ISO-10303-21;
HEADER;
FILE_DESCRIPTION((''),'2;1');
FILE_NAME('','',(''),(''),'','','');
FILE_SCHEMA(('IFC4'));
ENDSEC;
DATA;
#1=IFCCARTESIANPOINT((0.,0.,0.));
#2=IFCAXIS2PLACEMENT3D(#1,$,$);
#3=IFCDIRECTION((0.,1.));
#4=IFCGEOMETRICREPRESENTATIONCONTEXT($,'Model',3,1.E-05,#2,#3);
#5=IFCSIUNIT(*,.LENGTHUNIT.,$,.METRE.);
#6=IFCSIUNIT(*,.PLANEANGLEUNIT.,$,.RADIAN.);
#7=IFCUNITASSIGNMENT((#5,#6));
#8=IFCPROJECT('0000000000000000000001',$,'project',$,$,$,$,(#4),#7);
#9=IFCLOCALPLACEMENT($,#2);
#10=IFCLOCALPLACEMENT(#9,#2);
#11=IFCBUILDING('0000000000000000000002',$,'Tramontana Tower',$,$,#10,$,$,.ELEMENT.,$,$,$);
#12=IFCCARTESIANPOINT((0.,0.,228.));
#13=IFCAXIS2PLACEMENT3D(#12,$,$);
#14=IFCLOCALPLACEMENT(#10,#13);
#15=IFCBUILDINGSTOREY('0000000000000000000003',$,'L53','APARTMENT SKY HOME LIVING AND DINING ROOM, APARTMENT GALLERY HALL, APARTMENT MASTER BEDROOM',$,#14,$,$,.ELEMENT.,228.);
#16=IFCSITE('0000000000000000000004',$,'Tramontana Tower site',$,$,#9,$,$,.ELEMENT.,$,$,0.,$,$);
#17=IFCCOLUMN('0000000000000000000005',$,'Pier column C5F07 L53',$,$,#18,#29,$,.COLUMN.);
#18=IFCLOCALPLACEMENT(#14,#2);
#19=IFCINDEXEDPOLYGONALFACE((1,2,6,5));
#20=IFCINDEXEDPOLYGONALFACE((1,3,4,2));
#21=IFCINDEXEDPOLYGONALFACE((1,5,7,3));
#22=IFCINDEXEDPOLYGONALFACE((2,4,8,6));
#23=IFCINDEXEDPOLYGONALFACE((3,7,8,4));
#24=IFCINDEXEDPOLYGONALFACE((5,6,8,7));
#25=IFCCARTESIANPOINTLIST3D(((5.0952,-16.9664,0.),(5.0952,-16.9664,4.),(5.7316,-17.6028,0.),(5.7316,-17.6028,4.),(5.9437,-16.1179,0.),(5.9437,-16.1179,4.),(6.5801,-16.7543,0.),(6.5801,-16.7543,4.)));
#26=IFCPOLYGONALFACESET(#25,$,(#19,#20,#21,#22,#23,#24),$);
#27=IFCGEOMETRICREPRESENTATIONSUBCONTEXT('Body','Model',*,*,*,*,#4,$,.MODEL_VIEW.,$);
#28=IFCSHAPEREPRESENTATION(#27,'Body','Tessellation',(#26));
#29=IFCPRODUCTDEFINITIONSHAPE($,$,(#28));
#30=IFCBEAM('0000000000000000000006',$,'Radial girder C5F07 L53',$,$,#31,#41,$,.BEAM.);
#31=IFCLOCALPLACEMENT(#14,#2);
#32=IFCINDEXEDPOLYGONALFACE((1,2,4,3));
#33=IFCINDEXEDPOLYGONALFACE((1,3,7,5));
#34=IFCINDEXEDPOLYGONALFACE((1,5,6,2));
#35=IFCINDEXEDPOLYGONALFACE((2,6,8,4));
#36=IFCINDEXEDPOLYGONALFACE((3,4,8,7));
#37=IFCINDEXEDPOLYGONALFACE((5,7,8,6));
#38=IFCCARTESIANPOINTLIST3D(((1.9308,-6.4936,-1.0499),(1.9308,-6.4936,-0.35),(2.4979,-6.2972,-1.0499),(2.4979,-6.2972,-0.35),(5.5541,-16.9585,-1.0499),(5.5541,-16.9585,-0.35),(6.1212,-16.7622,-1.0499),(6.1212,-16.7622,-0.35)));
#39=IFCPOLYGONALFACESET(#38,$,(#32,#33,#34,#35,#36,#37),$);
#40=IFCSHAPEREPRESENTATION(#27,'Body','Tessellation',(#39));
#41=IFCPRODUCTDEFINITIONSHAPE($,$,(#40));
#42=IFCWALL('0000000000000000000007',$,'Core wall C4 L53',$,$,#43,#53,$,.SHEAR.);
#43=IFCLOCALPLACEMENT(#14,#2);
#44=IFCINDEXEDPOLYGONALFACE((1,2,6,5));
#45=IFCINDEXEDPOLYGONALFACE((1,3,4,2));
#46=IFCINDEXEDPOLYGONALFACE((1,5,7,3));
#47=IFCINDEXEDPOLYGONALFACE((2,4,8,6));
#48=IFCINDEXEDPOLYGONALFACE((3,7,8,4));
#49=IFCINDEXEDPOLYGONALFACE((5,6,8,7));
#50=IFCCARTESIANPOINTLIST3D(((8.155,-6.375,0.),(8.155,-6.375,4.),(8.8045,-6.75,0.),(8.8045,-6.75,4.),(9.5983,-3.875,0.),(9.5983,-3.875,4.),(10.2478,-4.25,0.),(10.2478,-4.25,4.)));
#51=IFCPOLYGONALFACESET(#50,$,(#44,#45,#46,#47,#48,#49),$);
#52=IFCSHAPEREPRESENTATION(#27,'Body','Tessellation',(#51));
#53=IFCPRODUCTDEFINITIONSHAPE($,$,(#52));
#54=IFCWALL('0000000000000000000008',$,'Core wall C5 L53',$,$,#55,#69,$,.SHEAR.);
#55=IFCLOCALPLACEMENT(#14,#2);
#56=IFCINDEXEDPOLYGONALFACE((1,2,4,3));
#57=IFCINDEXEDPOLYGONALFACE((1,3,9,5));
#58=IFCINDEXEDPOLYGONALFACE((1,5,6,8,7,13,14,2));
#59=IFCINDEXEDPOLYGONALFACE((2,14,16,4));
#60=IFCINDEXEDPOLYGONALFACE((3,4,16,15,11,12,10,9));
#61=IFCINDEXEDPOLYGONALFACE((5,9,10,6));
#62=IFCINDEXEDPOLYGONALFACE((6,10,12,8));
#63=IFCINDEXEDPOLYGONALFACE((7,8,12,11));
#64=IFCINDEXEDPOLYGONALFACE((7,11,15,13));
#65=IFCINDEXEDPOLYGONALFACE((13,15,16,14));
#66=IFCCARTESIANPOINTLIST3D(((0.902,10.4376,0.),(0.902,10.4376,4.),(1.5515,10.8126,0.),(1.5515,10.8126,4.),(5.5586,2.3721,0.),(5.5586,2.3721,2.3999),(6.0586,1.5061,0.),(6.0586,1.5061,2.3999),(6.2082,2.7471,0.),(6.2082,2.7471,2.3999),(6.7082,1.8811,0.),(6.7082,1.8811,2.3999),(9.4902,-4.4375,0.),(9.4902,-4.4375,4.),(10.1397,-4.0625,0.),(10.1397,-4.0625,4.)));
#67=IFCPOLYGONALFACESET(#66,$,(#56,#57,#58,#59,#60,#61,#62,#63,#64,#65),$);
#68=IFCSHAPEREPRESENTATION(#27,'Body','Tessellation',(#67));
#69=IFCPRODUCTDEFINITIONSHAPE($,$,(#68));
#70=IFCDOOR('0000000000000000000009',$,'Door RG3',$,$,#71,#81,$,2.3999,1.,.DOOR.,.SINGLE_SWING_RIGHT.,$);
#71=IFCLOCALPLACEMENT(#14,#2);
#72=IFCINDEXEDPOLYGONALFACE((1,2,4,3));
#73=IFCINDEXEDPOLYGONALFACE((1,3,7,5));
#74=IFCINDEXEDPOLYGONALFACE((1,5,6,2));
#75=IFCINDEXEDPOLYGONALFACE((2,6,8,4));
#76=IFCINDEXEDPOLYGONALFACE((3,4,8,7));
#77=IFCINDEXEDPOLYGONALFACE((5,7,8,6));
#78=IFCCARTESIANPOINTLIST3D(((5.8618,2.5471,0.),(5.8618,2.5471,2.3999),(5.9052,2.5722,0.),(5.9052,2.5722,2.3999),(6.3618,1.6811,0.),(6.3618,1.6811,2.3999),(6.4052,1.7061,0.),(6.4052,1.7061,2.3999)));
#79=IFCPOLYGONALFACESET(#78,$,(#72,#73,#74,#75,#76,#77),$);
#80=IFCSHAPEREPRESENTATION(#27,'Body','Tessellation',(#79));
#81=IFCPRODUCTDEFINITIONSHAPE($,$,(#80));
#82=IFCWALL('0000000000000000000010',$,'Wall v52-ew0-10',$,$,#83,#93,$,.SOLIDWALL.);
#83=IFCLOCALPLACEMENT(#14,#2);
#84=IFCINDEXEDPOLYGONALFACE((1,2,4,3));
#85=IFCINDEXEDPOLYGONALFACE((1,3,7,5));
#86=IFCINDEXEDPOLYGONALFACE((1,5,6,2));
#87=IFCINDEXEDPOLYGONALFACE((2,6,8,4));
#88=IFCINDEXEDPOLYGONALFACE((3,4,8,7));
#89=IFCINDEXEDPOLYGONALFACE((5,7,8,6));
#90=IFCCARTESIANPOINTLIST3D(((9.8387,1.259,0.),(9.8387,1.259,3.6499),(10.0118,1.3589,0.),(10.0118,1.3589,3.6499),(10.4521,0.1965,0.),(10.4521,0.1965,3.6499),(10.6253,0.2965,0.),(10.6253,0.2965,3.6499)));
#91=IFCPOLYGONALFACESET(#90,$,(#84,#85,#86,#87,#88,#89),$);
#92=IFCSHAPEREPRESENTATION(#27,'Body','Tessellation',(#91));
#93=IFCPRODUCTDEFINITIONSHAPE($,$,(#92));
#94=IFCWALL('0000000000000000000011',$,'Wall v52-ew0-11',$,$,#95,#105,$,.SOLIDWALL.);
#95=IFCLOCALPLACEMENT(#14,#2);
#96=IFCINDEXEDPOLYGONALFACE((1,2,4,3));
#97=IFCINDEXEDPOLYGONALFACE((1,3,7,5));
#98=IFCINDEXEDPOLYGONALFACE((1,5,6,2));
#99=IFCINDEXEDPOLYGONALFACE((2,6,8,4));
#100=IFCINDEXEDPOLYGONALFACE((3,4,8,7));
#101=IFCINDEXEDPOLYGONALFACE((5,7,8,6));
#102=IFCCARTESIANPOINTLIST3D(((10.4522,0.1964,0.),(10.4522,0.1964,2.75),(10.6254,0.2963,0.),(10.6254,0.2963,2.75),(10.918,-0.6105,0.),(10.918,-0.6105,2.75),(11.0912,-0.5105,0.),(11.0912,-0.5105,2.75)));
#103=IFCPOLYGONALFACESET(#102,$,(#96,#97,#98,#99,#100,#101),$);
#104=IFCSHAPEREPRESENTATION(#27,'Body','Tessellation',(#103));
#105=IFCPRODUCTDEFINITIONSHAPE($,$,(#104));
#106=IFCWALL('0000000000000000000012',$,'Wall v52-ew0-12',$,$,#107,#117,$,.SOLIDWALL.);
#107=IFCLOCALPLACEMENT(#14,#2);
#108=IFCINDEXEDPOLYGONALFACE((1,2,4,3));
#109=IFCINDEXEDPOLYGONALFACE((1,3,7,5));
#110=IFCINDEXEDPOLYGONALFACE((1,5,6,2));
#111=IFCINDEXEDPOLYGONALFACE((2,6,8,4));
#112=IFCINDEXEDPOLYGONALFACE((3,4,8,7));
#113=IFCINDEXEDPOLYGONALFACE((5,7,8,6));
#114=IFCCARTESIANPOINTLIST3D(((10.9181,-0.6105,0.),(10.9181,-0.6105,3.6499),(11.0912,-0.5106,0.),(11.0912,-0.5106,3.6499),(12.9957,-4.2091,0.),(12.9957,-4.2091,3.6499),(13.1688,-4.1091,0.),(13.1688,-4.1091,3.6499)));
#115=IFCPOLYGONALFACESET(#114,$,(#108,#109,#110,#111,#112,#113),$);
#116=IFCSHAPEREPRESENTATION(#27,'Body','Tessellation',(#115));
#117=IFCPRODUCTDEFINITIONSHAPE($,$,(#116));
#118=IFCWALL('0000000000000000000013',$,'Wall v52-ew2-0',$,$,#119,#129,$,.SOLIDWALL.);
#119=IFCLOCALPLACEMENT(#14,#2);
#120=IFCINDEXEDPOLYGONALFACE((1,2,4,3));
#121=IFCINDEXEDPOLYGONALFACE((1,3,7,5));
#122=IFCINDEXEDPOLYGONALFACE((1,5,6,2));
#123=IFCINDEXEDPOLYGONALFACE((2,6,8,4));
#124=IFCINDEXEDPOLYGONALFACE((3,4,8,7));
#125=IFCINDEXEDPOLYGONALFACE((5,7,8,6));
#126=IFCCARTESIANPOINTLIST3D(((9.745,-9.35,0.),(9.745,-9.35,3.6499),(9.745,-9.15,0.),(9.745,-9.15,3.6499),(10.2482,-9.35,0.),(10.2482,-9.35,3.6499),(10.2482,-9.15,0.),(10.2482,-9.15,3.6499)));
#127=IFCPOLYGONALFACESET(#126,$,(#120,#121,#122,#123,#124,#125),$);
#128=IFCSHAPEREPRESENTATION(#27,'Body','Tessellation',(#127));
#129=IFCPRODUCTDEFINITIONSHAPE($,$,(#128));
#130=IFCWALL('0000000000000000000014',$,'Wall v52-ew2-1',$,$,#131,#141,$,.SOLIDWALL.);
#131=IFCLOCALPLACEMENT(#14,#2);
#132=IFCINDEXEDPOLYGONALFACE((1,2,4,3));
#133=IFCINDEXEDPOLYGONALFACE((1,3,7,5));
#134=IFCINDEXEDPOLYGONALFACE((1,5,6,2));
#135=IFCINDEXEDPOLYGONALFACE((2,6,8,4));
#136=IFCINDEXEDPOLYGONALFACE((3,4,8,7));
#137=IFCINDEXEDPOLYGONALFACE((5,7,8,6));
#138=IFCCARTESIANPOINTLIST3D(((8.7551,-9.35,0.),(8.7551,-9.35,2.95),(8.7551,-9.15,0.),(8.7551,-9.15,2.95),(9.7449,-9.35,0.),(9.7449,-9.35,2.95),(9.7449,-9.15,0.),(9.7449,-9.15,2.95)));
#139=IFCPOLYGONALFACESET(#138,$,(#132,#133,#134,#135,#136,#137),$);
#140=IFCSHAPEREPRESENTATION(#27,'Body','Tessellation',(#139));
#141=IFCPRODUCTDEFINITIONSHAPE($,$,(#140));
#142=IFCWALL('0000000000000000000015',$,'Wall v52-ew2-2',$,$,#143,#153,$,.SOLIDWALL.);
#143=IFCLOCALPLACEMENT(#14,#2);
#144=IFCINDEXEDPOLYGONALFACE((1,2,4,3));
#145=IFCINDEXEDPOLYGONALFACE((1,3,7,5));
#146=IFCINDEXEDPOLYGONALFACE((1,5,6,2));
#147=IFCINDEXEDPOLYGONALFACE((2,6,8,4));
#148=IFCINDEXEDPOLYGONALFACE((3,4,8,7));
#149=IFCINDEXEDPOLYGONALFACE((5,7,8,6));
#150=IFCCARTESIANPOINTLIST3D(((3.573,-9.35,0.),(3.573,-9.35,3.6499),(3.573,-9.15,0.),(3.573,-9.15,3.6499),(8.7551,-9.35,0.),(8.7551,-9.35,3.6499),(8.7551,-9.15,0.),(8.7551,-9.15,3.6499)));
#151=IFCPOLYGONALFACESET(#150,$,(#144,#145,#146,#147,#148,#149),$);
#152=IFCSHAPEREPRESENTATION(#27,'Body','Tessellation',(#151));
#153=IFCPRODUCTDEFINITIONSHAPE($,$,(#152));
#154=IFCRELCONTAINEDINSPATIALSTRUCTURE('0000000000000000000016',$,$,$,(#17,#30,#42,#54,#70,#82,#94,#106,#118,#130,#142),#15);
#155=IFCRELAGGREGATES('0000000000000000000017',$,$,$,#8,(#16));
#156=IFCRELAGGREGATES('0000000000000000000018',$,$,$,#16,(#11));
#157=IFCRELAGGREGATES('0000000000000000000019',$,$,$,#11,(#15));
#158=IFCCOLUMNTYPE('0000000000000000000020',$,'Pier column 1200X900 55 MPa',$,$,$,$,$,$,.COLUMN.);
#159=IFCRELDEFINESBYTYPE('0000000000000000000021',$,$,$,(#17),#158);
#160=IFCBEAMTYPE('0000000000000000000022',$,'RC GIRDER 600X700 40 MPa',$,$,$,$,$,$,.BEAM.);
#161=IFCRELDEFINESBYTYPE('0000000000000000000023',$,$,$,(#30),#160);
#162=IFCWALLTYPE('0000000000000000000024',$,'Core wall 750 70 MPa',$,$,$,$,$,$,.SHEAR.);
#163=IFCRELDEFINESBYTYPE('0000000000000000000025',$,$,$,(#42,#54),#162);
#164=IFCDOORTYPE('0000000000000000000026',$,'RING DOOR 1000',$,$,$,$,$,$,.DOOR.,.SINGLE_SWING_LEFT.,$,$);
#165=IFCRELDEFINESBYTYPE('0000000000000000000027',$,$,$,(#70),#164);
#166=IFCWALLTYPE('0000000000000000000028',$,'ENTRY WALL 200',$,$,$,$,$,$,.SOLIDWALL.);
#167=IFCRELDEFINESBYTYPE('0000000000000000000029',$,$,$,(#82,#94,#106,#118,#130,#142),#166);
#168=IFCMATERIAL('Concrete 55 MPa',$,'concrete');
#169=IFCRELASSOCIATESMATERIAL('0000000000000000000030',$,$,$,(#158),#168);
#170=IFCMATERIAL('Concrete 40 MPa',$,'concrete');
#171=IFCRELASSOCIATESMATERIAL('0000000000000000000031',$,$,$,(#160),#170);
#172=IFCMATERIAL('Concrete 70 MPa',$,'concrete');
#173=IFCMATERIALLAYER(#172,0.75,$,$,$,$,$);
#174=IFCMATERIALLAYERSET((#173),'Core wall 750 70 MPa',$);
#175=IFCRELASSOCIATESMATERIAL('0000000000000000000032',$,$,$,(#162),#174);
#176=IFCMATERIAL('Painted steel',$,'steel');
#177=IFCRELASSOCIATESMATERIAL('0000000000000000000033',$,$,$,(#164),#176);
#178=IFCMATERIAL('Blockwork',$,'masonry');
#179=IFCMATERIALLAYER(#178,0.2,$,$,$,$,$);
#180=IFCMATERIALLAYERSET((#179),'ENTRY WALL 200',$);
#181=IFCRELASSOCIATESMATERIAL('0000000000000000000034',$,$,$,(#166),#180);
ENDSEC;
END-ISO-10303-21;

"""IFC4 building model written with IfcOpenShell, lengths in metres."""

from ifc_helpers import new_model, si_unit, direction, frame, frame_2d, origin, origin_2d, place, context, subcontext, project, spatial, rectangle, extrude, material, layer, layer_set, material_profile, profile_set, type_object, element, fill, save


model = new_model("IFC4")

# Units and contexts
model_context = context("Model", 3, precision=1e-05, world=origin(), true_north=direction((0.0, 1.0)))
body_context = subcontext(model_context, "Body", "Model", "MODEL_VIEW")
ifc_project = project(units=[si_unit("LENGTHUNIT", "METRE"), si_unit("PLANEANGLEUNIT", "RADIAN")], contexts=[model_context])

# Site, building, storey
site_placement = place(None, origin())
site = spatial("IfcSite", under=ifc_project, at=site_placement, Name="Tramontana Tower site", CompositionType="ELEMENT", RefElevation=0.0)
building_placement = place(site_placement, origin())
building = spatial("IfcBuilding", under=site, at=building_placement, Name="Tramontana Tower", CompositionType="ELEMENT")
storey_placement = place(building_placement, frame((0.0, 0.0, 228.0)))
storey = spatial("IfcBuildingStorey", under=building, at=storey_placement, Name="L53", Description="APARTMENT SKY HOME LIVING AND DINING ROOM, APARTMENT GALLERY HALL, APARTMENT MASTER BEDROOM", CompositionType="ELEMENT", Elevation=228.0)

# Column
ifc_material_1 = material(Name="Concrete 55 MPa", Category="concrete")
ifc_material_profile_1 = material_profile(ifc_material_1, rectangle(XDim=1.2, YDim=0.8999, at=origin_2d()), Name="Pier column 1200X900 55 MPa")
ifc_profile_set_1 = profile_set([ifc_material_profile_1], Name="Concrete 55 MPa")
column_type = type_object("IfcColumnType", Name="Pier column 1200X900 55 MPa", PredefinedType="COLUMN", material=ifc_profile_set_1)
column_placement = place(storey_placement, frame((5.8376, -16.8604, 0.0), z_axis=(0.0, 0.0, 1.0), x_axis=(0.707107, 0.707107, 0.0)))
element("IfcColumn", 1, at=column_placement, inside=storey, type_object=column_type, Name="Pier column C5F07 L53", PredefinedType="COLUMN", context=body_context, shape_type="SweptSolid", body=[
    extrude(rectangle(XDim=1.2, YDim=0.8999, at=origin_2d()), origin(), (0.0, 0.0, 1.0), 4.0),
])

# Beam
ifc_material_2 = material(Name="Concrete 40 MPa", Category="concrete")
ifc_material_profile_2 = material_profile(ifc_material_2, rectangle(XDim=0.6001, YDim=0.7, at=origin_2d()), Name="RC GIRDER 600X700 40 MPa")
ifc_profile_set_2 = profile_set([ifc_material_profile_2], Name="Concrete 40 MPa")
beam_type = type_object("IfcBeamType", Name="RC GIRDER 600X700 40 MPa", PredefinedType="BEAM", material=ifc_profile_set_2)
beam_placement = place(storey_placement, frame((5.8376, -16.8604, -0.7), z_axis=(-0.327179, 0.944962, 0.0), x_axis=(-0.944962, -0.327179, 0.0)))
element("IfcBeam", 2, at=beam_placement, inside=storey, type_object=beam_type, Name="Radial girder C5F07 L53", PredefinedType="BEAM", context=body_context, shape_type="SweptSolid", body=[
    extrude(rectangle(XDim=0.6001, YDim=0.7, at=origin_2d()), origin(), (0.0, 0.0, 1.0), 11.0745),
])

# Wall
ifc_material_3 = material(Name="Concrete 70 MPa", Category="concrete")
ifc_layer_1 = layer(ifc_material_3, 0.75)
ifc_layer_set_1 = layer_set([ifc_layer_1], Name="Core wall 750 70 MPa")
wall_type_1 = type_object("IfcWallType", Name="Core wall 750 70 MPa", PredefinedType="SHEAR", material=ifc_layer_set_1)
wall_1_placement = place(storey_placement, frame((8.4797, -6.5625, 0.0), z_axis=(0.0, 0.0, 1.0), x_axis=(0.499996, 0.866028, 0.0)))
element("IfcWall", 3, at=wall_1_placement, inside=storey, type_object=wall_type_1, Name="Core wall C4 L53", PredefinedType="SHEAR", context=body_context, shape_type="SweptSolid", body=[
    extrude(rectangle(XDim=2.8867, YDim=0.75, at=frame_2d((1.4434, 0.0))), origin(), (0.0, 0.0, 1.0), 4.0),
])

# Wall, opening, door
wall_2_placement = place(storey_placement, frame((9.8149, -4.25, 0.0), z_axis=(0.0, 0.0, 1.0), x_axis=(-0.500002, 0.866024, 0.0)))
wall_2 = element("IfcWall", 4, at=wall_2_placement, inside=storey, type_object=wall_type_1, Name="Core wall C5 L53", PredefinedType="SHEAR", context=body_context, shape_type="SweptSolid", body=[
    extrude(rectangle(XDim=17.1763, YDim=0.75, at=frame_2d((8.5881, 0.0))), origin(), (0.0, 0.0, 1.0), 4.0),
])
opening_1_placement = place(wall_2_placement, frame((6.863, 0.0, 0.0)))
opening_1 = element("IfcOpeningElement", 5, at=opening_1_placement, cuts=wall_2, PredefinedType="OPENING", context=body_context, shape_type="SweptSolid", body=[
    extrude(rectangle(XDim=1.0, YDim=2.3999, at=frame_2d((0.5, 1.2))), frame((0.0, 0.385, 0.0), z_axis=(0.0, -1.0, 0.0), x_axis=(1.0, 0.0, 0.0)), (0.0, 0.0, 1.0), 0.77),
])
ifc_material_4 = material(Name="Painted steel", Category="steel")
door_type_1 = type_object("IfcDoorType", Name="RING DOOR 1000", OperationType="SINGLE_SWING_LEFT", PredefinedType="DOOR", material=ifc_material_4)
door_1_placement = place(opening_1_placement, origin())
door_1 = element("IfcDoor", 6, at=door_1_placement, inside=storey, type_object=door_type_1, Name="Door RG3", OperationType="SINGLE_SWING_RIGHT", OverallHeight=2.3999, OverallWidth=1.0, PredefinedType="DOOR", context=body_context, shape_type="SweptSolid", body=[
    extrude(rectangle(XDim=1.0, YDim=2.3999, at=frame_2d((0.5, 1.2))), frame((0.0, 0.0249, 0.0), z_axis=(0.0, -1.0, 0.0), x_axis=(1.0, 0.0, 0.0)), (0.0, 0.0, 1.0), 0.05),
])
fill(opening_1, door_1)

# Walls
ifc_material_5 = material(Name="Blockwork", Category="masonry")
ifc_layer_2 = layer(ifc_material_5, 0.2)
ifc_layer_set_2 = layer_set([ifc_layer_2], Name="ENTRY WALL 200")
wall_type_2 = type_object("IfcWallType", Name="ENTRY WALL 200", PredefinedType="SOLIDWALL", material=ifc_layer_set_2)
wall_3_placement = place(storey_placement, frame((9.9253, 1.3088, 0.0), z_axis=(0.0, 0.0, 1.0), x_axis=(0.500055, -0.865993, 0.0)))
element("IfcWall", 7, at=wall_3_placement, inside=storey, type_object=wall_type_2, Name="Wall v52-ew0-10", PredefinedType="SOLIDWALL", context=body_context, shape_type="SweptSolid", body=[
    extrude(rectangle(XDim=1.2268, YDim=0.2, at=frame_2d((0.6133, 0.0))), origin(), (0.0, 0.0, 1.0), 3.6499),
])
wall_4_placement = place(storey_placement, frame((10.5388, 0.2463, 0.0), z_axis=(0.0, 0.0, 1.0), x_axis=(0.499972, -0.866042, 0.0)))
element("IfcWall", 8, at=wall_4_placement, inside=storey, type_object=wall_type_2, Name="Wall v52-ew0-11", PredefinedType="SOLIDWALL", context=body_context, shape_type="SweptSolid", body=[
    extrude(rectangle(XDim=0.9316, YDim=0.2, at=frame_2d((0.4658, 0.0))), origin(), (0.0, 0.0, 1.0), 2.75),
])
wall_5_placement = place(storey_placement, frame((11.0046, -0.5605, 0.0), z_axis=(0.0, 0.0, 1.0), x_axis=(0.499994, -0.866029, 0.0)))
element("IfcWall", 9, at=wall_5_placement, inside=storey, type_object=wall_type_2, Name="Wall v52-ew0-12", PredefinedType="SOLIDWALL", context=body_context, shape_type="SweptSolid", body=[
    extrude(rectangle(XDim=4.1553, YDim=0.2, at=frame_2d((2.0776, 0.0))), origin(), (0.0, 0.0, 1.0), 3.6499),
])
wall_6_placement = place(storey_placement, frame((10.248, -9.25, 0.0), z_axis=(0.0, 0.0, 1.0), x_axis=(-1.0, 0.0, 0.0)))
element("IfcWall", 10, at=wall_6_placement, inside=storey, type_object=wall_type_2, Name="Wall v52-ew2-0", PredefinedType="SOLIDWALL", context=body_context, shape_type="SweptSolid", body=[
    extrude(rectangle(XDim=0.5032, YDim=0.2, at=frame_2d((0.2515, 0.0))), origin(), (0.0, 0.0, 1.0), 3.6499),
])
wall_7_placement = place(storey_placement, frame((9.7449, -9.25, 0.0), z_axis=(0.0, 0.0, 1.0), x_axis=(-1.0, 0.0, 0.0)))
element("IfcWall", 11, at=wall_7_placement, inside=storey, type_object=wall_type_2, Name="Wall v52-ew2-1", PredefinedType="SOLIDWALL", context=body_context, shape_type="SweptSolid", body=[
    extrude(rectangle(XDim=0.9897, YDim=0.2, at=frame_2d((0.4949, 0.0))), origin(), (0.0, 0.0, 1.0), 2.95),
])
wall_8_placement = place(storey_placement, frame((8.7551, -9.25, 0.0), z_axis=(0.0, 0.0, 1.0), x_axis=(-1.0, 0.0, 0.0)))
element("IfcWall", 12, at=wall_8_placement, inside=storey, type_object=wall_type_2, Name="Wall v52-ew2-2", PredefinedType="SOLIDWALL", context=body_context, shape_type="SweptSolid", body=[
    extrude(rectangle(XDim=5.1821, YDim=0.2, at=frame_2d((2.5911, 0.0))), origin(), (0.0, 0.0, 1.0), 3.6499),
])

save(model, "model.ifc")
